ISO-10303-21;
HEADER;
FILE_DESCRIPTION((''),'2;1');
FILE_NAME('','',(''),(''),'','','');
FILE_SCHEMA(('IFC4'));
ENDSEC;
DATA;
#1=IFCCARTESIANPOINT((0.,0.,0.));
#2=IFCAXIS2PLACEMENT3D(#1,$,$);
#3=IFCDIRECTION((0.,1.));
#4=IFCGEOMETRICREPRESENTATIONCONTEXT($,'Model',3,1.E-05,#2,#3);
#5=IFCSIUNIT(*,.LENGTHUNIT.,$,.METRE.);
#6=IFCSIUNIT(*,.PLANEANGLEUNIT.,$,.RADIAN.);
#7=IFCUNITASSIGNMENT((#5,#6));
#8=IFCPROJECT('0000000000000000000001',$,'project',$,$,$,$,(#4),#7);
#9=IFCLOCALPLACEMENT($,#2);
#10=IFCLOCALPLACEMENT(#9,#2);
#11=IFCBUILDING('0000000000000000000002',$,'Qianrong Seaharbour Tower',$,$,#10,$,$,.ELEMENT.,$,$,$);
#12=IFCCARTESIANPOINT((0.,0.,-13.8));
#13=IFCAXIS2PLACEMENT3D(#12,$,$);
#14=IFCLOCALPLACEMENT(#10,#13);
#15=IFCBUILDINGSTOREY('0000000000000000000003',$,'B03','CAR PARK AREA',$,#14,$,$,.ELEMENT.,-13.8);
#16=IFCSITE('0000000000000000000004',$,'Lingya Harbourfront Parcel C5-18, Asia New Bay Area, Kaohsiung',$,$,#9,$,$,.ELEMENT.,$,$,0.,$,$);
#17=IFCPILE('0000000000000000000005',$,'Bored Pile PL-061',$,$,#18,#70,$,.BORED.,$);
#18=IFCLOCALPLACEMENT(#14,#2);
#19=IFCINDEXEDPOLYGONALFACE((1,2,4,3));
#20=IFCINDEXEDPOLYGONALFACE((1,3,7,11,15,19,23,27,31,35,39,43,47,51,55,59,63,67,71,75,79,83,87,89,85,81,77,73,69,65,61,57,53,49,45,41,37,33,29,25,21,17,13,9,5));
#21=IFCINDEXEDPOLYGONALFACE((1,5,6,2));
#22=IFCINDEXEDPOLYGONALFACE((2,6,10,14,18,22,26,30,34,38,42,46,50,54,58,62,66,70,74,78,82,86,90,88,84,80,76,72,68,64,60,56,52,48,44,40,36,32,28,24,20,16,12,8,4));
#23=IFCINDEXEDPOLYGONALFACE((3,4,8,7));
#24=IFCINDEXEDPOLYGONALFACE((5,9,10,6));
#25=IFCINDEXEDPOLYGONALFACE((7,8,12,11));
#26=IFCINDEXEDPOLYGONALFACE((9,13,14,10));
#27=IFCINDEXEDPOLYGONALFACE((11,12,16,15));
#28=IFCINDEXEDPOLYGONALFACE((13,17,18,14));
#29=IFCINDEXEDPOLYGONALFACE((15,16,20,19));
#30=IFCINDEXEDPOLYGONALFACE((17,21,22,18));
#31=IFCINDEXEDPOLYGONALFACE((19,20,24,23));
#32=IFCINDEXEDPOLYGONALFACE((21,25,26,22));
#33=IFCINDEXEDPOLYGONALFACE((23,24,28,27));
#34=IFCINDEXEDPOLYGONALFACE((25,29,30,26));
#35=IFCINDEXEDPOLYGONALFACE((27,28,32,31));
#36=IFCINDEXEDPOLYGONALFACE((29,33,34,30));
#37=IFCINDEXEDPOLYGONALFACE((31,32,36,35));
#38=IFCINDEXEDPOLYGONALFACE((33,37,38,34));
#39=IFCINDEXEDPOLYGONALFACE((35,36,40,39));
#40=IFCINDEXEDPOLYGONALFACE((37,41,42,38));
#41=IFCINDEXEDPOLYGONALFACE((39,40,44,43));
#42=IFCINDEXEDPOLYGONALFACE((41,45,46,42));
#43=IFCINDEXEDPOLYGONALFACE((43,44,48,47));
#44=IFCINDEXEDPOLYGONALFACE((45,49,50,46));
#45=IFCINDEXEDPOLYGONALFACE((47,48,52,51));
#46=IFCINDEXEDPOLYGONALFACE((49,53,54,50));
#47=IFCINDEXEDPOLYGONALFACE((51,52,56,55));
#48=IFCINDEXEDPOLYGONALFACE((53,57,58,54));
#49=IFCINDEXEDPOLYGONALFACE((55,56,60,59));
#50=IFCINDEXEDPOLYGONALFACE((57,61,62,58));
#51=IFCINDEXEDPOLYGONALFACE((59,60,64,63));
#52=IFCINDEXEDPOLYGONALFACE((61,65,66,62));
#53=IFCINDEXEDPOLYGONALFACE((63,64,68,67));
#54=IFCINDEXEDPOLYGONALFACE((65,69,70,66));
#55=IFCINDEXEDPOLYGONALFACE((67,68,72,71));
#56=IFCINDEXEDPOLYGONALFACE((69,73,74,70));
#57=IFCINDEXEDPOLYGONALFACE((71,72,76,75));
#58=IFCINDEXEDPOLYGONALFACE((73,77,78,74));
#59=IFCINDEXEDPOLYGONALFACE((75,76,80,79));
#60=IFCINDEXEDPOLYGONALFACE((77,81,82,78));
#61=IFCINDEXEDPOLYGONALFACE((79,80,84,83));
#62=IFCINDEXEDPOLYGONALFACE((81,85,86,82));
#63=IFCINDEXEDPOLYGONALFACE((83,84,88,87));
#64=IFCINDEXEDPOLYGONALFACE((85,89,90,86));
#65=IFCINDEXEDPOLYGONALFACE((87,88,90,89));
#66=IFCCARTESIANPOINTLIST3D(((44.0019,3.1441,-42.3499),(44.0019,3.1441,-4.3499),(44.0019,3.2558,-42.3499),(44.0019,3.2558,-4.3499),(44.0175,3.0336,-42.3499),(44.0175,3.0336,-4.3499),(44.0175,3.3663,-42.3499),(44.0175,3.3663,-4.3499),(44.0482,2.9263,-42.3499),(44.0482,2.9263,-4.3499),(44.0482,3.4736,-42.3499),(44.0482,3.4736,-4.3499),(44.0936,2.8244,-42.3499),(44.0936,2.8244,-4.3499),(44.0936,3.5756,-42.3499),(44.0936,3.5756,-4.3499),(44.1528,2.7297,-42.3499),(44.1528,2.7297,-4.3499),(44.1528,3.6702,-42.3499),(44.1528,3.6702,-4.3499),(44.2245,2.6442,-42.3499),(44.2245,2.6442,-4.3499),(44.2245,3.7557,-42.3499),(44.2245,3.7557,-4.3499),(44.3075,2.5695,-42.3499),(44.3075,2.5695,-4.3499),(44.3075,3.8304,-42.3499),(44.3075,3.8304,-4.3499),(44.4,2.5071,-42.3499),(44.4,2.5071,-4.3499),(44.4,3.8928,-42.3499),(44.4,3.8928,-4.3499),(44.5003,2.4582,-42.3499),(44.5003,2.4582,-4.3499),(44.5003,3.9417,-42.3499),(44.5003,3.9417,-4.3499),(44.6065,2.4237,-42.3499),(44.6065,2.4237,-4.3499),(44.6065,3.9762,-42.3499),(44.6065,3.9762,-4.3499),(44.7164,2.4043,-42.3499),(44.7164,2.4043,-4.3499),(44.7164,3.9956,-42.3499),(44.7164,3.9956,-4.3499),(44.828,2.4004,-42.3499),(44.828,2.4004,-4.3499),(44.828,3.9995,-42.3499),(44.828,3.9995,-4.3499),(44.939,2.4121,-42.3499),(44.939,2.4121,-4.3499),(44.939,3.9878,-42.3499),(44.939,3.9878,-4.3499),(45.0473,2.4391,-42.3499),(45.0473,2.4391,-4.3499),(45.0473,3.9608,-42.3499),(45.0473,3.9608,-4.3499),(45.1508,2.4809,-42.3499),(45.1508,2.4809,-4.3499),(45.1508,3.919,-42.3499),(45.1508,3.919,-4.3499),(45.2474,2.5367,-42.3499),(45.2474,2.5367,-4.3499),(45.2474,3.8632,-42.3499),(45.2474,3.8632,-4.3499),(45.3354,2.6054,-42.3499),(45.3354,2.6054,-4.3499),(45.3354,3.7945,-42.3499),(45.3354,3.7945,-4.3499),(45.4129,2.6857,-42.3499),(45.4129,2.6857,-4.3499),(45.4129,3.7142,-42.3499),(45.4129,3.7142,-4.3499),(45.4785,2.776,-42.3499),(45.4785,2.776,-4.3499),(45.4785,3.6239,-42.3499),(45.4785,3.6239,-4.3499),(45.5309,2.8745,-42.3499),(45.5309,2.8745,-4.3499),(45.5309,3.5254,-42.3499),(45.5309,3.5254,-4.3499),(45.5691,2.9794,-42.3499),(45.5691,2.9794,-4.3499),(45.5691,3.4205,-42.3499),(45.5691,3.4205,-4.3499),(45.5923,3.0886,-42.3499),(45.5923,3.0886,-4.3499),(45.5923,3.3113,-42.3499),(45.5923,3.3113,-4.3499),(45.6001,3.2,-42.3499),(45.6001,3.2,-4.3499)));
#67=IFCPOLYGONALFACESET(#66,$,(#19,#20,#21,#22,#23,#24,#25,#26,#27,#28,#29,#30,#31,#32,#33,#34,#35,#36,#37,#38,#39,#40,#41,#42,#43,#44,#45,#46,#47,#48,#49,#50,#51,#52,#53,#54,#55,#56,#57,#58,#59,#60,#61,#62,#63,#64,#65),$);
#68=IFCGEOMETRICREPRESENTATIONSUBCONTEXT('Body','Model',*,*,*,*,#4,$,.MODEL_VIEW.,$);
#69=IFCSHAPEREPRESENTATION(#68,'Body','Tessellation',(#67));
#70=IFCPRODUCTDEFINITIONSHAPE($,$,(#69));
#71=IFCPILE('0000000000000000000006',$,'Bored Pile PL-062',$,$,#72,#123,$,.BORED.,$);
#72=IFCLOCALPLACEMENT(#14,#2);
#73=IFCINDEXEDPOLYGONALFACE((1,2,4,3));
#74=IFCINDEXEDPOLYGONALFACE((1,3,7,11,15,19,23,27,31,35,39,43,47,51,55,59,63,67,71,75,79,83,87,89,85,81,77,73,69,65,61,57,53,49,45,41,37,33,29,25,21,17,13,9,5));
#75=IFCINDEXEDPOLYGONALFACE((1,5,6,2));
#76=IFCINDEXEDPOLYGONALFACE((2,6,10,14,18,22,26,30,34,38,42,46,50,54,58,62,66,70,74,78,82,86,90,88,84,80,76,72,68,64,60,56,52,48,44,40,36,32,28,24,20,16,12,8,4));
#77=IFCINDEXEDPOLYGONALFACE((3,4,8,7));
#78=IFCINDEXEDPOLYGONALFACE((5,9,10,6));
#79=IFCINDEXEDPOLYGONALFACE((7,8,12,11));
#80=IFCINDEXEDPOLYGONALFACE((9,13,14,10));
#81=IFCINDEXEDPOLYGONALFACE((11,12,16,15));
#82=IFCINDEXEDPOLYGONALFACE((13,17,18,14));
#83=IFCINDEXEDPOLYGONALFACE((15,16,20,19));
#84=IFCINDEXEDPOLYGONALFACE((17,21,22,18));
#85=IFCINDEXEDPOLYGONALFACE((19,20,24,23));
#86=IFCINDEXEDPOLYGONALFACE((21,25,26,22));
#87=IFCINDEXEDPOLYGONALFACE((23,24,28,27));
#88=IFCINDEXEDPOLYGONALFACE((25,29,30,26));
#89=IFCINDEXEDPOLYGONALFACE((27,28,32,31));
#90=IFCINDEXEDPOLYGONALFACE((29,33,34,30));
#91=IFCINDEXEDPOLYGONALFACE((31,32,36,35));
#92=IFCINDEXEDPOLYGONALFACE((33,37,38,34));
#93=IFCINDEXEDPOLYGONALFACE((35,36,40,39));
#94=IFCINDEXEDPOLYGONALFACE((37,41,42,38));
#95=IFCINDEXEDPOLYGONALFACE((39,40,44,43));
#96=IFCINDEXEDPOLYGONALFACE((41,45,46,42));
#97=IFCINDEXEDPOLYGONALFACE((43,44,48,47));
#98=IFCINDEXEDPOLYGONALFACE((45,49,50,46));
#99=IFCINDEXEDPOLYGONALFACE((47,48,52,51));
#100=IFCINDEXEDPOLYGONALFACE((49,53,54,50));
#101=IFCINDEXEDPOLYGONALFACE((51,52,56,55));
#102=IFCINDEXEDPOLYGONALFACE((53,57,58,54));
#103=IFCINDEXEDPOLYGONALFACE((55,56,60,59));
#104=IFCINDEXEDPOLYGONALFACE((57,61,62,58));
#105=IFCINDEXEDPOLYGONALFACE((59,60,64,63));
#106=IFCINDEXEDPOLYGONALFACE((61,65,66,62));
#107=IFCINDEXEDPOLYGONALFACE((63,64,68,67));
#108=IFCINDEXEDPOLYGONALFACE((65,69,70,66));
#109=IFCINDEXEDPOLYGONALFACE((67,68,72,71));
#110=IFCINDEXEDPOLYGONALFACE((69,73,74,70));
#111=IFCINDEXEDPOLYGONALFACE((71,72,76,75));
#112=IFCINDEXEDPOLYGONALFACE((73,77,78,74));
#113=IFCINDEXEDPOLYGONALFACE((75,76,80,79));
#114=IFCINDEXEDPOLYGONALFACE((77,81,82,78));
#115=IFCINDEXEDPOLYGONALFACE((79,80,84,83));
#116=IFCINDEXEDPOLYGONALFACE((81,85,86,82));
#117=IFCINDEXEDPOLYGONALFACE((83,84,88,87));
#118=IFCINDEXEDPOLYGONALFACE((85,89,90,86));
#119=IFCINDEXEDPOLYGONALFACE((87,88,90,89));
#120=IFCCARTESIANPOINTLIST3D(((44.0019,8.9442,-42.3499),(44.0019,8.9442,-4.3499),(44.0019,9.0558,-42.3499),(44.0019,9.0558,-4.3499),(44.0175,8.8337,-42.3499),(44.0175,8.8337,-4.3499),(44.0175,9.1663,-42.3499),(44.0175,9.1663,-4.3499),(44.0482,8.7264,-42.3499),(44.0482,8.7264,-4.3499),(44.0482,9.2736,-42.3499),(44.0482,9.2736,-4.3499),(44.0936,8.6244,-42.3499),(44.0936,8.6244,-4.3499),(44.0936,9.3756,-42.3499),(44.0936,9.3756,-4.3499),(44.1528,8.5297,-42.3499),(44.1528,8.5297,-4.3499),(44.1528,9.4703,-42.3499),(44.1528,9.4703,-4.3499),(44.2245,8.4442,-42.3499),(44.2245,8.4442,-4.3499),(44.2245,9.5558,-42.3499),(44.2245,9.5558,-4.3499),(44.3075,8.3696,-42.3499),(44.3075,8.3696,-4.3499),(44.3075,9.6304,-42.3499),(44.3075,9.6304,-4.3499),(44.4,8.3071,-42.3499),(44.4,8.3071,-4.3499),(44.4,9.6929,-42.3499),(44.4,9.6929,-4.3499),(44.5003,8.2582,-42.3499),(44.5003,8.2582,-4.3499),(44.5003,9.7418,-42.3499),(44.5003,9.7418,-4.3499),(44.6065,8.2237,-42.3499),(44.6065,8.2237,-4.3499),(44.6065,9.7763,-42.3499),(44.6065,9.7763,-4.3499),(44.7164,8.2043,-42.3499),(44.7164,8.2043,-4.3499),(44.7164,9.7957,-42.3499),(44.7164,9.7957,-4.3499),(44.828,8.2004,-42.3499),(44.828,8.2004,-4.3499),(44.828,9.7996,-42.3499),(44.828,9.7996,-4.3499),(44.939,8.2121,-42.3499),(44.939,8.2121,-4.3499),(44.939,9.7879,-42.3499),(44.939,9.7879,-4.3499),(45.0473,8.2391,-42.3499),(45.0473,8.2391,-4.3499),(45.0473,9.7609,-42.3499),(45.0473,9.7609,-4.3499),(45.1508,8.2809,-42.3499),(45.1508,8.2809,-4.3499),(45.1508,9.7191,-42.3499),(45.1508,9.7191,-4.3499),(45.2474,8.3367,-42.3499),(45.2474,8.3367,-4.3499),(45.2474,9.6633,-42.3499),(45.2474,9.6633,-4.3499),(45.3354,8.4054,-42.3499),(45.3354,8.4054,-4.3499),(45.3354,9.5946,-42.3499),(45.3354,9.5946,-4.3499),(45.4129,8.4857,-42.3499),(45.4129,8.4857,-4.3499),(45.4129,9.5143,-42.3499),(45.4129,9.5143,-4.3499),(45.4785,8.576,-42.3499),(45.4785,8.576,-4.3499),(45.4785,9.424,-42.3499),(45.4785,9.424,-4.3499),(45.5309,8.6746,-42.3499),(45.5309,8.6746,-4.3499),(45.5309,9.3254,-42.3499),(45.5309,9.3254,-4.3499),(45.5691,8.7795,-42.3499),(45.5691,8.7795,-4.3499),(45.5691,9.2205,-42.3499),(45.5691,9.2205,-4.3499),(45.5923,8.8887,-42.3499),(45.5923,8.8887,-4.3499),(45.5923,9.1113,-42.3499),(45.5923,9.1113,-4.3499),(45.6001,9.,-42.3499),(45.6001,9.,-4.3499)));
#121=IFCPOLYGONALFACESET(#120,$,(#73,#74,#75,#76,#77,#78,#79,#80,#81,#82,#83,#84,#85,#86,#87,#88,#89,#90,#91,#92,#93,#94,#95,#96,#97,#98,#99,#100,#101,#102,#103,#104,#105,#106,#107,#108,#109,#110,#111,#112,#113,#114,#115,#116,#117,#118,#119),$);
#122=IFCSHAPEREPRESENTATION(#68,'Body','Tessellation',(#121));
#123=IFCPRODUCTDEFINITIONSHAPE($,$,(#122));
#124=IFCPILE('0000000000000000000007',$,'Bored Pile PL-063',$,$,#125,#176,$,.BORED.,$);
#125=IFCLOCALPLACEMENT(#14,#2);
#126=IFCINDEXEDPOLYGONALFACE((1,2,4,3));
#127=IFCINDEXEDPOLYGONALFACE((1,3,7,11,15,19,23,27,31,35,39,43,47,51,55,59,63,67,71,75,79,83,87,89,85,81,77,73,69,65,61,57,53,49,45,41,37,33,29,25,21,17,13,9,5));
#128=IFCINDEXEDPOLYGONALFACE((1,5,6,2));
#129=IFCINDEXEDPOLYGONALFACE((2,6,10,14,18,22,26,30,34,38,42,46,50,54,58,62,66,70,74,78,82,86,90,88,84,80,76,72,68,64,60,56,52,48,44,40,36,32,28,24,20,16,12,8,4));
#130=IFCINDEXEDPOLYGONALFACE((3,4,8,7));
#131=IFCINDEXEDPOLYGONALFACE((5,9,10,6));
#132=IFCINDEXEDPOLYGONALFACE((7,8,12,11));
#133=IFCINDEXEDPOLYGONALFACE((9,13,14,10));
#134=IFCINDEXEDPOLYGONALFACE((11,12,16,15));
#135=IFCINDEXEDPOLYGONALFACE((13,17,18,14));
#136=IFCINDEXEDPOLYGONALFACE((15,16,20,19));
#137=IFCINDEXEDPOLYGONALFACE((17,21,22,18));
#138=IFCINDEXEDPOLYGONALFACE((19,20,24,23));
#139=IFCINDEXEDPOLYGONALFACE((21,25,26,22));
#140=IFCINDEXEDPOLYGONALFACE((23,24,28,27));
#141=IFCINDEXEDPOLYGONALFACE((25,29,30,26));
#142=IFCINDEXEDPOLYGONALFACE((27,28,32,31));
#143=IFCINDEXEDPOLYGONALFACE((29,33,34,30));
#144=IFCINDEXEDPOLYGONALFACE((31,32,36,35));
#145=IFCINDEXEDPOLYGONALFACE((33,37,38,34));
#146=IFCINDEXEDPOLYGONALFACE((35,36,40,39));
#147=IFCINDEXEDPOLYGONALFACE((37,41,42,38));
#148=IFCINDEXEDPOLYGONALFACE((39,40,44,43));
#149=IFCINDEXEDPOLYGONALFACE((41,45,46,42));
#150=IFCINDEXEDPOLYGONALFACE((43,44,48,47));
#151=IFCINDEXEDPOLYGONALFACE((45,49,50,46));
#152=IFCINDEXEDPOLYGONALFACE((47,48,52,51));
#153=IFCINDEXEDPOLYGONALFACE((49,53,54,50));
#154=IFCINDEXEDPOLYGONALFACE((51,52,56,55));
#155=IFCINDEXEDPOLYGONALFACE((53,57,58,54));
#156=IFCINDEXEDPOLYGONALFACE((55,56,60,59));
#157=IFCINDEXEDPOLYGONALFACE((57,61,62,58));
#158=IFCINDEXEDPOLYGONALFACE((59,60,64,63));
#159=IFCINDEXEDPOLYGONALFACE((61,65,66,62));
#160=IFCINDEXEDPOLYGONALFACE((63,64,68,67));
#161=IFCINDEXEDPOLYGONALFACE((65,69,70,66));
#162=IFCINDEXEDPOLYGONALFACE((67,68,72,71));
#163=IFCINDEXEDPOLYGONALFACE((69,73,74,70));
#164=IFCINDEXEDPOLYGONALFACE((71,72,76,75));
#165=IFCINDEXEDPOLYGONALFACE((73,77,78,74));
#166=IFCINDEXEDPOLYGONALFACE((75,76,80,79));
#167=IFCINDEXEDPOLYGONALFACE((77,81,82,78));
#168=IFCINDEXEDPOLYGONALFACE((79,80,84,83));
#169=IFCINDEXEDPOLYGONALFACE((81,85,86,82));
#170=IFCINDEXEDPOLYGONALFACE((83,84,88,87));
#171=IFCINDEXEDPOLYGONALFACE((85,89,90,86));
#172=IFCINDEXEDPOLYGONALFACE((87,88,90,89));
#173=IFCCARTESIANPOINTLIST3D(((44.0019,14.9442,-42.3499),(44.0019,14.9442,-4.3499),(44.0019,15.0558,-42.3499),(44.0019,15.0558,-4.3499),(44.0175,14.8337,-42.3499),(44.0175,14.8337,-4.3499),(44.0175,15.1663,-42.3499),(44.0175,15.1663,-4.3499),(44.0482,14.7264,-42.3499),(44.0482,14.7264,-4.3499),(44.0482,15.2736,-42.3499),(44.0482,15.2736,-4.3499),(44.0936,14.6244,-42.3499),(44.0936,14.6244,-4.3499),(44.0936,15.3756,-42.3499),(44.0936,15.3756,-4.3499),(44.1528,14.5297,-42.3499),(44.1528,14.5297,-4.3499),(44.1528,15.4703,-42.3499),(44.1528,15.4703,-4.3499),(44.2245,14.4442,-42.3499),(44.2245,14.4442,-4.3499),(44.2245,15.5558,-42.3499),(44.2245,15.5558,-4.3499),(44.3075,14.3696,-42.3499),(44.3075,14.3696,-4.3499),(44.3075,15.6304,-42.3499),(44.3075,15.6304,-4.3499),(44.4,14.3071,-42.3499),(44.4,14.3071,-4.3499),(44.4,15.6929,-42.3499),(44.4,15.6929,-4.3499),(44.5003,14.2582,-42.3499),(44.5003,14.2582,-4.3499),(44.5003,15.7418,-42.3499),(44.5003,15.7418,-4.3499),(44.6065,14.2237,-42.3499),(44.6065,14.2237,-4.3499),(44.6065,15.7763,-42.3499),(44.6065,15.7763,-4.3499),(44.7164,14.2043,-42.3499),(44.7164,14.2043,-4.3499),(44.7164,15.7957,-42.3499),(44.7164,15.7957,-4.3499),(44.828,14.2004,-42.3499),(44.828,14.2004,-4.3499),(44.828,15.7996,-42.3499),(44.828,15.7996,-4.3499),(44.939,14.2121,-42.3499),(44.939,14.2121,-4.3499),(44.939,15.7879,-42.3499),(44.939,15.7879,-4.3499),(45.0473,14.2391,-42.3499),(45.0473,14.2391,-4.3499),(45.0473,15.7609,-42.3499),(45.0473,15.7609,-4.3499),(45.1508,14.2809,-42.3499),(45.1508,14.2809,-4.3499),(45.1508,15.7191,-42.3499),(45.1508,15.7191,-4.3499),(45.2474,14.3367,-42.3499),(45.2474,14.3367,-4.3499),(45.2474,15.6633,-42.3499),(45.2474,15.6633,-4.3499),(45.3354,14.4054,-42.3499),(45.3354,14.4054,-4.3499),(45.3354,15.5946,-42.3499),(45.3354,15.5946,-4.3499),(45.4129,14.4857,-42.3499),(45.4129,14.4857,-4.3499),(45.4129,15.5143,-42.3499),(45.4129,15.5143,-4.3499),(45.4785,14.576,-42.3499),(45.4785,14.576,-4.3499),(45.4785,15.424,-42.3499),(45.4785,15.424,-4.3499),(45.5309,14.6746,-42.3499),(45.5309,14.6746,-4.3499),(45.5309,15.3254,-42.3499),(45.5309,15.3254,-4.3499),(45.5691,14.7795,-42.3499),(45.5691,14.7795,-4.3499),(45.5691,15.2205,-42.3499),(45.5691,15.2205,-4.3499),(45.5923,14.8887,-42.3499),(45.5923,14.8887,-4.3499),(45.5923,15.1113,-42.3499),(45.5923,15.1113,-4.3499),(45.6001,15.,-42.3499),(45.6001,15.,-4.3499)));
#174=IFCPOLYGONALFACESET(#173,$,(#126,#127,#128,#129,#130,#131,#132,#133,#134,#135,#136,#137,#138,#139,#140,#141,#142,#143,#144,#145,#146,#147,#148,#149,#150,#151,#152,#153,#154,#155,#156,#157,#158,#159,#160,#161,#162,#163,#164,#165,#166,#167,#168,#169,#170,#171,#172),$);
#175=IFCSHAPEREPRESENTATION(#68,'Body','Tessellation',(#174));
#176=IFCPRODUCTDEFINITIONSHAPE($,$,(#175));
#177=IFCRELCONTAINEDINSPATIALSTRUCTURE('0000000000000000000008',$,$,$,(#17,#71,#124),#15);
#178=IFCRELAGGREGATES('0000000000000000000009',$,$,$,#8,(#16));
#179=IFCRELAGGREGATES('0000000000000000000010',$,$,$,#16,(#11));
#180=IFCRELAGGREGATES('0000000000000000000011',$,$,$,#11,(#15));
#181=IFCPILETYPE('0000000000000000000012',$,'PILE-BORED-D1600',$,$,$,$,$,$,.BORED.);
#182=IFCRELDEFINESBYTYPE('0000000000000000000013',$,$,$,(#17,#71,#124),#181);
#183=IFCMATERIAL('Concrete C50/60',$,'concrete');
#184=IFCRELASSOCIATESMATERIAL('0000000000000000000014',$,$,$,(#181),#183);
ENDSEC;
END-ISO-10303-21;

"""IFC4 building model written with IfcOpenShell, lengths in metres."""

from ifc_helpers import new_model, si_unit, direction, frame, origin, origin_2d, place, context, subcontext, project, spatial, circle, extrude, material, material_profile, profile_set, type_object, element, save


model = new_model("IFC4")

# Units and contexts
model_context = context("Model", 3, precision=1e-05, world=origin(), true_north=direction((0.0, 1.0)))
body_context = subcontext(model_context, "Body", "Model", "MODEL_VIEW")
ifc_project = project(units=[si_unit("LENGTHUNIT", "METRE"), si_unit("PLANEANGLEUNIT", "RADIAN")], contexts=[model_context])

# Site, building, storey
site_placement = place(None, origin())
site = spatial("IfcSite", under=ifc_project, at=site_placement, Name="Lingya Harbourfront Parcel C5-18, Asia New Bay Area, Kaohsiung", CompositionType="ELEMENT", RefElevation=0.0)
building_placement = place(site_placement, origin())
building = spatial("IfcBuilding", under=site, at=building_placement, Name="Qianrong Seaharbour Tower", CompositionType="ELEMENT")
storey_placement = place(building_placement, frame((0.0, 0.0, -13.8)))
storey = spatial("IfcBuildingStorey", under=building, at=storey_placement, Name="B03", Description="CAR PARK AREA", CompositionType="ELEMENT", Elevation=-13.8)

# Piles
ifc_material_1 = material(Name="Concrete C50/60", Category="concrete")
ifc_material_profile_1 = material_profile(ifc_material_1, circle(Radius=0.8, at=origin_2d()), Name="PILE-D1600")
ifc_profile_set_1 = profile_set([ifc_material_profile_1], Name="Concrete C50/60")
pile_type = type_object("IfcPileType", Name="PILE-BORED-D1600", PredefinedType="BORED", material=ifc_profile_set_1)
for number, where, z_axis, x_axis, name in (
    (1, (44.8, 3.2, -4.3499), (0.0, 0.0, -1.0), (1.0, 0.0, 0.0), "Bored Pile PL-061"),
    (2, (44.8, 9.0, -4.3499), (0.0, 0.0, -1.0), (1.0, 0.0, 0.0), "Bored Pile PL-062"),
    (3, (44.8, 15.0, -4.3499), (0.0, 0.0, -1.0), (1.0, 0.0, 0.0), "Bored Pile PL-063"),
):
    element("IfcPile", number, at=place(storey_placement, frame(where, z_axis=z_axis, x_axis=x_axis)), inside=storey, type_object=pile_type, Name=name, PredefinedType="BORED", context=body_context, shape_type="SweptSolid", body=[
        extrude(circle(Radius=0.8, at=origin_2d()), origin(), (0.0, 0.0, 1.0), 38.0),
    ])

save(model, "model.ifc")
